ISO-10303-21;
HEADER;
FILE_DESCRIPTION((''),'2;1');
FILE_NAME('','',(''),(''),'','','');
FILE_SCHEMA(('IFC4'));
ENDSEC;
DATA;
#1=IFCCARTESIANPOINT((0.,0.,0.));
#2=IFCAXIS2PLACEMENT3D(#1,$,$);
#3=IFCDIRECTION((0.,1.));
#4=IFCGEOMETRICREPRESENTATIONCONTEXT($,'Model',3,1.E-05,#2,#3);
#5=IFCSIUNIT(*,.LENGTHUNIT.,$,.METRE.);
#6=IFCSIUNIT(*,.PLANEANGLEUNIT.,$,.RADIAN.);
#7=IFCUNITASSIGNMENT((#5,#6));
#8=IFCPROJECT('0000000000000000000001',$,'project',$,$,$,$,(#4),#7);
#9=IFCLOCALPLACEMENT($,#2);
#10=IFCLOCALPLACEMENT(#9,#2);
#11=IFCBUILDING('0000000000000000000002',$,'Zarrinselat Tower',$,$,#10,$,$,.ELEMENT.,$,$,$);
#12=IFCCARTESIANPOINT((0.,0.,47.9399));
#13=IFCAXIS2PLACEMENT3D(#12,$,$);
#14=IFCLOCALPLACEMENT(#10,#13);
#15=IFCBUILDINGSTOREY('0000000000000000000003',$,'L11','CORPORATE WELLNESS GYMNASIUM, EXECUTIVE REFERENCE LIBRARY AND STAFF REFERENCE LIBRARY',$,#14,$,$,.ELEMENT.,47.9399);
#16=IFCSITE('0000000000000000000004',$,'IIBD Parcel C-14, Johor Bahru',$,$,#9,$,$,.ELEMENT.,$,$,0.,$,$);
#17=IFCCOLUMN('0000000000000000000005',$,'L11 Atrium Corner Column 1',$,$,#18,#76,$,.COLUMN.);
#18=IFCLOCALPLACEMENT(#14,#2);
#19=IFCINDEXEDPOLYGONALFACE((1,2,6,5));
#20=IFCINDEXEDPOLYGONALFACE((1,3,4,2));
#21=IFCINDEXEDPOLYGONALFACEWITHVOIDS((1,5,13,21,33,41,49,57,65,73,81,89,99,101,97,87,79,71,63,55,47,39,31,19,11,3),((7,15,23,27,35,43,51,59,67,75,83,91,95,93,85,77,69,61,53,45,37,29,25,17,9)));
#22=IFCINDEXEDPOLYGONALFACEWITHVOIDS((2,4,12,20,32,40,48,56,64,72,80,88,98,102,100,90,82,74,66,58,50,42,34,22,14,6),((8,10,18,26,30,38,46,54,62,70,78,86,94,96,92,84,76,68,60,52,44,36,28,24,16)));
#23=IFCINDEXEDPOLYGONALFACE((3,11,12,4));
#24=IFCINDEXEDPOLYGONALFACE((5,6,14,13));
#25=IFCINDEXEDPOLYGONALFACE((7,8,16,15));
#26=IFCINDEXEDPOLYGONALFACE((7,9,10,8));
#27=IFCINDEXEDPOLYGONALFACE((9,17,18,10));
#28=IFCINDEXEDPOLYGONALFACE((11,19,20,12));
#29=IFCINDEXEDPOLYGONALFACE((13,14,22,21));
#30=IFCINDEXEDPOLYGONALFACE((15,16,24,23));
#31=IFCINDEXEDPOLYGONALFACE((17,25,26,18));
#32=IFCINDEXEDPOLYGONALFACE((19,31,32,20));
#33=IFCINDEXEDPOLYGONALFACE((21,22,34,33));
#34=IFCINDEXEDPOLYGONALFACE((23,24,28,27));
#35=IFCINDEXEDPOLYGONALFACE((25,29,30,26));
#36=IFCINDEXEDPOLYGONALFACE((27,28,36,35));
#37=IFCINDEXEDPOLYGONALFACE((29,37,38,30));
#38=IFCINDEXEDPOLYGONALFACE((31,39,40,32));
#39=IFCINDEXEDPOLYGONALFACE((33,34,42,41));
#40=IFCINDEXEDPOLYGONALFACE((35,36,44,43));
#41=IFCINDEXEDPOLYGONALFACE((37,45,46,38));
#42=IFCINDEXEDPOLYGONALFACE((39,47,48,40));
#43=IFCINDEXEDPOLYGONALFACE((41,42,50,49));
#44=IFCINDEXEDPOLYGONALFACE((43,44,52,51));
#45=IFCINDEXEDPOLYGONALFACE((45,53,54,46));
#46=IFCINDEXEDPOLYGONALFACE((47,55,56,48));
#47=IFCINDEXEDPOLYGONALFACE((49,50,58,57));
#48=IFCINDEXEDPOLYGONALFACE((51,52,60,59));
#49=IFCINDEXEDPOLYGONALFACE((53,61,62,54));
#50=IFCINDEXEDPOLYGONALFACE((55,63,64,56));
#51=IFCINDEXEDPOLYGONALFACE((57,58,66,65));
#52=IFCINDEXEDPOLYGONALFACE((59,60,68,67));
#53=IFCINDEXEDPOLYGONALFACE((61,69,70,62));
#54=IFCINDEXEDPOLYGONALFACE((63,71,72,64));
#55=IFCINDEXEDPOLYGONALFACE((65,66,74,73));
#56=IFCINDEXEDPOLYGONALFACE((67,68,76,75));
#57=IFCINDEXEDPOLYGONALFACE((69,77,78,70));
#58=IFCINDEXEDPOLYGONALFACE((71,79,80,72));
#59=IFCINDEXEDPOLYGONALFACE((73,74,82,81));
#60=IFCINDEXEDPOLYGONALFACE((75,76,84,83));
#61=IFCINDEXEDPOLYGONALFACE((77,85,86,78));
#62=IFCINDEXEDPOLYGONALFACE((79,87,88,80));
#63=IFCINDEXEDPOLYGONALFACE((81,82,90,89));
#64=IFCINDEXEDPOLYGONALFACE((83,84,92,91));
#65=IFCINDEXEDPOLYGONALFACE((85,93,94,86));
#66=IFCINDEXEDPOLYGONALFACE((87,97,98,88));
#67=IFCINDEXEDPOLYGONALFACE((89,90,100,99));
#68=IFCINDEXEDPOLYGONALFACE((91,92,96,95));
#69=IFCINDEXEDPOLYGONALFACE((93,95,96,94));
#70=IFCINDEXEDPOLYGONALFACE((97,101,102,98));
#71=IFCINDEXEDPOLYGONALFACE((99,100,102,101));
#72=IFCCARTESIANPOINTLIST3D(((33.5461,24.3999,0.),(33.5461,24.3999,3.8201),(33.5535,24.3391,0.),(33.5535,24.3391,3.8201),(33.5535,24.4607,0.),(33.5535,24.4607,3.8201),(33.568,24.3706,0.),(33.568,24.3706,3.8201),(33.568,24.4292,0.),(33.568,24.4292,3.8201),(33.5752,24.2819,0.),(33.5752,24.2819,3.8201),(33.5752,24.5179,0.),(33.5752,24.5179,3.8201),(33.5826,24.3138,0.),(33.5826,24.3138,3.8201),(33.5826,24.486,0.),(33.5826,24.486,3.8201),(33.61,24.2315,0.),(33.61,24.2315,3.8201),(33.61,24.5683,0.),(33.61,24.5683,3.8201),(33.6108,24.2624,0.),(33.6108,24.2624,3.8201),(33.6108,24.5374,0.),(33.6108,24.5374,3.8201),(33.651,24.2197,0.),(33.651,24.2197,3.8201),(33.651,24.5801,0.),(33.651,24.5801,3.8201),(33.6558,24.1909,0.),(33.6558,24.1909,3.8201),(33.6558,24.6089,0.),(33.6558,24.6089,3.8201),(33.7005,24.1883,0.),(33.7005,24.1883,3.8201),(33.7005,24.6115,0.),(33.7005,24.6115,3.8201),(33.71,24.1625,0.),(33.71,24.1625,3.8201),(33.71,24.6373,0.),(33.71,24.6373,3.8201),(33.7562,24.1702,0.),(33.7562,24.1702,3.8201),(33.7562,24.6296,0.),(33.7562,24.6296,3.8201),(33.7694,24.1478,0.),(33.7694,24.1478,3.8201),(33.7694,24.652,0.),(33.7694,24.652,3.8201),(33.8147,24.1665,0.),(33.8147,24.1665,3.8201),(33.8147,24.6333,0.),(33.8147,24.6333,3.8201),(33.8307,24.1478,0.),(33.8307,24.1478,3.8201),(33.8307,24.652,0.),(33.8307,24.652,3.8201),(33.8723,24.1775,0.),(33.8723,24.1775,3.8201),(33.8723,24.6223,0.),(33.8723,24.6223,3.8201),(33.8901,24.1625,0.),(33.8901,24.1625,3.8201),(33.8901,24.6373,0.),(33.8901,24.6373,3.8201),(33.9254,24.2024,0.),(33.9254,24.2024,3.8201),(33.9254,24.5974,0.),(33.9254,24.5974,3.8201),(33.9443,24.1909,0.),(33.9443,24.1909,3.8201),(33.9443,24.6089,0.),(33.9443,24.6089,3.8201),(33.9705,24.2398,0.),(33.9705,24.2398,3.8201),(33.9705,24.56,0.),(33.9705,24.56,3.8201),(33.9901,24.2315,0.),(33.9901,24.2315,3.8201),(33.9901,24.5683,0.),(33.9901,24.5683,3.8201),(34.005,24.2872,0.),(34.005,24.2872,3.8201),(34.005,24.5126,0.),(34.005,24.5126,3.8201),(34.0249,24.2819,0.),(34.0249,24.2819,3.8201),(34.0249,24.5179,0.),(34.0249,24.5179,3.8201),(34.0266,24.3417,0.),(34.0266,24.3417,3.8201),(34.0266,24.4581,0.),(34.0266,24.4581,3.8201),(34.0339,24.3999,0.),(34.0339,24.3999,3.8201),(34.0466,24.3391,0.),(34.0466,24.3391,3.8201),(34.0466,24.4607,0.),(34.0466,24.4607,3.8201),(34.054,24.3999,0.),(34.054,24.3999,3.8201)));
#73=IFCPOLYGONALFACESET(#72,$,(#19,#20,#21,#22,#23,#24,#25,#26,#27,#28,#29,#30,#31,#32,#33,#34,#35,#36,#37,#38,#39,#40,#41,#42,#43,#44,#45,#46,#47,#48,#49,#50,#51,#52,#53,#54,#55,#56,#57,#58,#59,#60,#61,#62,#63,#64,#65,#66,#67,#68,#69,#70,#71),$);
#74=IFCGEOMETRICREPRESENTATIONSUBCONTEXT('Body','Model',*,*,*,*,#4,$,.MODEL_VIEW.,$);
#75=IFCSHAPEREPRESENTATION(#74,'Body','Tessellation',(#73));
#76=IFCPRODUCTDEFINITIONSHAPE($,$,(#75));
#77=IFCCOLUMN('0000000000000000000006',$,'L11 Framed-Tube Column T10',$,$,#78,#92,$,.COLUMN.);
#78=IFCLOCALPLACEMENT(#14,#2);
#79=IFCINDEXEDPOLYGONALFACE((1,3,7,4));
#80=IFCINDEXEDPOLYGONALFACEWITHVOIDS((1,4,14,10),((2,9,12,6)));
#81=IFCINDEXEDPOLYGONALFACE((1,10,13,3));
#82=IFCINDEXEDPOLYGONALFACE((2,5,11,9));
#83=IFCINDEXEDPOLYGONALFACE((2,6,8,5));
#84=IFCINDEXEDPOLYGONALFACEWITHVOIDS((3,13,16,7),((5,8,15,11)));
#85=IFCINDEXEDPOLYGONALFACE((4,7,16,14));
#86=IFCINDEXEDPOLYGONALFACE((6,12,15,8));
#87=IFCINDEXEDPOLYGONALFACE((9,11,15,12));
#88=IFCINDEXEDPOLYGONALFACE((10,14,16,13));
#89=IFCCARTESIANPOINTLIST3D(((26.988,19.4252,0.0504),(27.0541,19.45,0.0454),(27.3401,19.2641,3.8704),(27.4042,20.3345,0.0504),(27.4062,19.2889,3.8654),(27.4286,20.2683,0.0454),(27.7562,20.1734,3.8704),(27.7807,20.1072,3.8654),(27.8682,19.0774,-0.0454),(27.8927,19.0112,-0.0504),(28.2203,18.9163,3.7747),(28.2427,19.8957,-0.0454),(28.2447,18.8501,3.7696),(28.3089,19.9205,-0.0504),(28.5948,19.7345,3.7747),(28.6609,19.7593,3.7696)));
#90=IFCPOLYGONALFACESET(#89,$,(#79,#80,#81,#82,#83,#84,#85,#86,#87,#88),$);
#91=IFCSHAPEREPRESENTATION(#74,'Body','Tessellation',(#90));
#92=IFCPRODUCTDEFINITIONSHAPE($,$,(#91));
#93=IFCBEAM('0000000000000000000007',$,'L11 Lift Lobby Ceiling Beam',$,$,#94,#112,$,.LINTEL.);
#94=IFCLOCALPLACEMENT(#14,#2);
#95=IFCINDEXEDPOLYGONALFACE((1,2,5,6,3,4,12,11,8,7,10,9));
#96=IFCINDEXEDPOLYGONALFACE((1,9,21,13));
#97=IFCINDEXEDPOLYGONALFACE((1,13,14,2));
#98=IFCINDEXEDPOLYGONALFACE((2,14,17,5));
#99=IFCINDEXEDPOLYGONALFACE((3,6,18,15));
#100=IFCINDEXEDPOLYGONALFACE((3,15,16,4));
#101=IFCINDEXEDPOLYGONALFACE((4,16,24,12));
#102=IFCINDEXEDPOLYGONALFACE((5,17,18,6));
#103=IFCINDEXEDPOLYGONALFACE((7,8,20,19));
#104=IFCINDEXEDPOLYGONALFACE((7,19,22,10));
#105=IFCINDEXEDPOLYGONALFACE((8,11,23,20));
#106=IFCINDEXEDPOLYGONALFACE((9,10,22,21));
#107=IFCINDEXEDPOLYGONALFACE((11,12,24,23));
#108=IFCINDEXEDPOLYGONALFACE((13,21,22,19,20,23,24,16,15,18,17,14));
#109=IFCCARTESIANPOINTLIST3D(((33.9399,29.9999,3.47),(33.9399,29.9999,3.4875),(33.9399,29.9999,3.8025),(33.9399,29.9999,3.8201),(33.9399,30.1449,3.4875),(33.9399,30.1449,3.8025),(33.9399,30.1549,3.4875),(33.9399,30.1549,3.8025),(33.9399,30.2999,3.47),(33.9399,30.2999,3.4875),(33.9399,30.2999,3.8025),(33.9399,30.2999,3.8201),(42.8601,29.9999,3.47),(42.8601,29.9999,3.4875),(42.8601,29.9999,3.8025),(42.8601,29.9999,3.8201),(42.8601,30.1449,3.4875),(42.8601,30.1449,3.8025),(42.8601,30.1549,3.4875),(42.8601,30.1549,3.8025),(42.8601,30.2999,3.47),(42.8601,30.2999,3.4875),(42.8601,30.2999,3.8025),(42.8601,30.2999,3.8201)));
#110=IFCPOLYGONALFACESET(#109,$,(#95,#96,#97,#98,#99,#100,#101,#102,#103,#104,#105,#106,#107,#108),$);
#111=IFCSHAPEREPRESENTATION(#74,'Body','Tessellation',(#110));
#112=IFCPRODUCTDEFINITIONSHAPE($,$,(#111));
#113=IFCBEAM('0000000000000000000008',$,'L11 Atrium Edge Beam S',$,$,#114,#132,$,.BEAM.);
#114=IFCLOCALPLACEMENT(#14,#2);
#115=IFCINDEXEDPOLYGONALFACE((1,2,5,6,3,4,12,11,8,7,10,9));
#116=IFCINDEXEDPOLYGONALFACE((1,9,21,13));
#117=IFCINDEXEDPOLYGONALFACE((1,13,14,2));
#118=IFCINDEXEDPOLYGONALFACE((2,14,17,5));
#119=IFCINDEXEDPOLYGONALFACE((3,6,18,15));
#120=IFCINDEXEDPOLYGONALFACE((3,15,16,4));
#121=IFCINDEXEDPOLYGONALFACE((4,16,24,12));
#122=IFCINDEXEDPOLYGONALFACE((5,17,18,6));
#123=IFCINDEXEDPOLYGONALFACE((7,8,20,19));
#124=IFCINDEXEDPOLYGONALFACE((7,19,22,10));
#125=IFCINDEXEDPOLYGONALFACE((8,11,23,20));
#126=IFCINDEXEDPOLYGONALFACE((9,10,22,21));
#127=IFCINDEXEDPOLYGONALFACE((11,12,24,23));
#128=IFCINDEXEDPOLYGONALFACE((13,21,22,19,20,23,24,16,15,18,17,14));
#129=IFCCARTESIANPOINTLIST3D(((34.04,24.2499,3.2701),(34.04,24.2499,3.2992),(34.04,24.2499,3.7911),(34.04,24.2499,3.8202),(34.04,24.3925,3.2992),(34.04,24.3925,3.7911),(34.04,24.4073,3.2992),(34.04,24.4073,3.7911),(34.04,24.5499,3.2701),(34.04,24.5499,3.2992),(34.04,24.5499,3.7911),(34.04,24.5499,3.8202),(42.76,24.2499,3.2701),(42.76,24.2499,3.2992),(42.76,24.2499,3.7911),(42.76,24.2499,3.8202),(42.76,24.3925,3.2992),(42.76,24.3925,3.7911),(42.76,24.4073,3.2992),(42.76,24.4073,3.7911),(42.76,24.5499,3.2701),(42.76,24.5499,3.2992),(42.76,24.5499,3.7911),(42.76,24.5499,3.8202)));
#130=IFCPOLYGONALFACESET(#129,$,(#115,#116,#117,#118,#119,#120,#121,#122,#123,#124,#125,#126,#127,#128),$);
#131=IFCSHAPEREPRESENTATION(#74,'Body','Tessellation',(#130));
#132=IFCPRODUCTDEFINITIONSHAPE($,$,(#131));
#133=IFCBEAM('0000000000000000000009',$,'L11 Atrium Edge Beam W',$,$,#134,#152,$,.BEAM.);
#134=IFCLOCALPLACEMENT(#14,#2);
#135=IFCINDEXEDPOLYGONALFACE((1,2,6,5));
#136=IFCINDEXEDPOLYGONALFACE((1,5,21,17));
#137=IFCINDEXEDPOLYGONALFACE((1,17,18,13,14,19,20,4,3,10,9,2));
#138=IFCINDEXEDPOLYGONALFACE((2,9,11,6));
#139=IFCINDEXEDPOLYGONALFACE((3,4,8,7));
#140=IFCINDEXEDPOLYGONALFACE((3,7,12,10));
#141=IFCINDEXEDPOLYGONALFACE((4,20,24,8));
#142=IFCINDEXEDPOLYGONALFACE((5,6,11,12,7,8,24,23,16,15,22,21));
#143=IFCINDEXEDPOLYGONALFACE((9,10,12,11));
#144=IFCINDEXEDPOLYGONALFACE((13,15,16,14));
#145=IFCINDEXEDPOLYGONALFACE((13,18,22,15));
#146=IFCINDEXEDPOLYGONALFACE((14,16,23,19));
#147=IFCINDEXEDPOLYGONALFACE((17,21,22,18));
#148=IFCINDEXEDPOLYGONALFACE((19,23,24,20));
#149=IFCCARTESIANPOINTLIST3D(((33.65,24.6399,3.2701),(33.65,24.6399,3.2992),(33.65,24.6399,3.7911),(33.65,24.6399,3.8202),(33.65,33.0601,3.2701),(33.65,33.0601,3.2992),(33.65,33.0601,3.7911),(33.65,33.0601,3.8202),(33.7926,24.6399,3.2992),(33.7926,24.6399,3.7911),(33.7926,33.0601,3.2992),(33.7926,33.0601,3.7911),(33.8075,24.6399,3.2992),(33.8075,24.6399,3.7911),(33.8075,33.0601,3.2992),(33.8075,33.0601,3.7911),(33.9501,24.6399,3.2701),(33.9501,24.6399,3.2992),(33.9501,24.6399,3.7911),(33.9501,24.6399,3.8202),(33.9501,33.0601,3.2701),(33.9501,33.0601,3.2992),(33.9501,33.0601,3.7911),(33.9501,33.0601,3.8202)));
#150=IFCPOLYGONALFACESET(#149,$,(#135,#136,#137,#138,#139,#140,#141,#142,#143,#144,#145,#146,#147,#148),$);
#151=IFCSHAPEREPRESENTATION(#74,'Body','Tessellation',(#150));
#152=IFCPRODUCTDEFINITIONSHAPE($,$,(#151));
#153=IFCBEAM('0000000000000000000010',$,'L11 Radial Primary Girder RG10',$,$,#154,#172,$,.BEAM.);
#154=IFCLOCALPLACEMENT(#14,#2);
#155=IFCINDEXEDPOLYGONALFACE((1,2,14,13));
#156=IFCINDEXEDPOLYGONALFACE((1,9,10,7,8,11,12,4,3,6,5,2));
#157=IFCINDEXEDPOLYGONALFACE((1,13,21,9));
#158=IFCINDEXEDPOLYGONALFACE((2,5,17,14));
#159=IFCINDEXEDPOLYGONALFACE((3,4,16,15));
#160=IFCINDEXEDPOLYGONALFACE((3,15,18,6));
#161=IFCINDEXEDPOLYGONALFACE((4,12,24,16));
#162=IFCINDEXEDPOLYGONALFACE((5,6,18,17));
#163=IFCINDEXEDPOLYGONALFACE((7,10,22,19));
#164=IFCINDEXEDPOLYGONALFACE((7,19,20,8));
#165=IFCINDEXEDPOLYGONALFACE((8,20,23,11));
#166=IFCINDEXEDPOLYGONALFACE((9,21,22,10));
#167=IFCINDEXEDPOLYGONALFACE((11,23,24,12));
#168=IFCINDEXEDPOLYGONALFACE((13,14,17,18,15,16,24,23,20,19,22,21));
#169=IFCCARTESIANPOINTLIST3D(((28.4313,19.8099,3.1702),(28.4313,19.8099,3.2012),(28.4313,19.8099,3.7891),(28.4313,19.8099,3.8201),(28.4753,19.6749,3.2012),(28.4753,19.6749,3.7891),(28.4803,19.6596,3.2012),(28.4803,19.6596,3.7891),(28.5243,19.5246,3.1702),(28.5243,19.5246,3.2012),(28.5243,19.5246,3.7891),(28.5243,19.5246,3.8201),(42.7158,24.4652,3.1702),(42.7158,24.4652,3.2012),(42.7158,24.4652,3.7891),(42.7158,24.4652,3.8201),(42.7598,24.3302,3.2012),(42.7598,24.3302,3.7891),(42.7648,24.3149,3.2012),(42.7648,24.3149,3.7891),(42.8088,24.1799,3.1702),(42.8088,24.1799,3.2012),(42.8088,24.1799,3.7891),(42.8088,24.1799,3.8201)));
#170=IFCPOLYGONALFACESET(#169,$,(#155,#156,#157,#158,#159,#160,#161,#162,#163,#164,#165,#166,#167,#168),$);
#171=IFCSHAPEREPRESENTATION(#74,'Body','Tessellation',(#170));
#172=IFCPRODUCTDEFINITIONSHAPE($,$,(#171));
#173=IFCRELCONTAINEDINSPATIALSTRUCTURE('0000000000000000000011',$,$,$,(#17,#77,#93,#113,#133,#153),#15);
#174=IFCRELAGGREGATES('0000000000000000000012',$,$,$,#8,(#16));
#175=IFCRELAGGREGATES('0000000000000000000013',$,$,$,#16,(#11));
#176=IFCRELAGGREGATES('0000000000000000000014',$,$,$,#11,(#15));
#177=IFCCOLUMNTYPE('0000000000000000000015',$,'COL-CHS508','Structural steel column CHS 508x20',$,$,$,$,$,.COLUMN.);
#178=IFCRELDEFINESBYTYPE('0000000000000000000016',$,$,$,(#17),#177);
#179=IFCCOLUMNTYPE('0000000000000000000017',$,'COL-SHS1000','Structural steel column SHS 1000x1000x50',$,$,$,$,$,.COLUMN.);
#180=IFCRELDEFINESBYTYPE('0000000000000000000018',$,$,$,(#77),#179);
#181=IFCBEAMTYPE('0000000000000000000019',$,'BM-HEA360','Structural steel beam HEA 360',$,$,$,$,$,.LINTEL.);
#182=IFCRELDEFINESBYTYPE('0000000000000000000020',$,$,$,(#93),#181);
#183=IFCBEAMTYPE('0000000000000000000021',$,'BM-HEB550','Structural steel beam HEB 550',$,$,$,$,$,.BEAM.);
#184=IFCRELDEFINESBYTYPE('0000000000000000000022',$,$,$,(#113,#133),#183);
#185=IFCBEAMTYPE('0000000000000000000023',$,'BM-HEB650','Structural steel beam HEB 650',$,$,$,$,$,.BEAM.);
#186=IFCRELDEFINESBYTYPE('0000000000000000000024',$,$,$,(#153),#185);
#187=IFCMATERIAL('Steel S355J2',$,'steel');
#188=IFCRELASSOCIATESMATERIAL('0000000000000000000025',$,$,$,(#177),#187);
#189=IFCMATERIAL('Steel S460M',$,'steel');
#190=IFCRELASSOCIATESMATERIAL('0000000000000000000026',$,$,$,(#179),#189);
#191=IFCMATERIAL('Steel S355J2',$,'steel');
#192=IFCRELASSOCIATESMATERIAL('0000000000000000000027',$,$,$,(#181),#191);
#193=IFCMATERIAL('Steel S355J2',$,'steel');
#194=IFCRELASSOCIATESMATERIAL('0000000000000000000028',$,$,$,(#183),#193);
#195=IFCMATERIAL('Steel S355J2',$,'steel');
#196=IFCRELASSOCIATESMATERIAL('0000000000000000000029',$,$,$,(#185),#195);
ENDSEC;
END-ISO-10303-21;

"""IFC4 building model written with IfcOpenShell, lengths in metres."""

from ifc_helpers import new_model, si_unit, direction, frame, origin, origin_2d, place, context, subcontext, project, spatial, hollow_rectangle, hollow_circle, i_section, extrude, material, material_profile, profile_set, type_object, element, save


model = new_model("IFC4")

# Units and contexts
model_context = context("Model", 3, precision=1e-05, world=origin(), true_north=direction((0.0, 1.0)))
body_context = subcontext(model_context, "Body", "Model", "MODEL_VIEW")
ifc_project = project(units=[si_unit("LENGTHUNIT", "METRE"), si_unit("PLANEANGLEUNIT", "RADIAN")], contexts=[model_context])

# Site, building, storey
site_placement = place(None, origin())
site = spatial("IfcSite", under=ifc_project, at=site_placement, Name="IIBD Parcel C-14, Johor Bahru", CompositionType="ELEMENT", RefElevation=0.0)
building_placement = place(site_placement, origin())
building = spatial("IfcBuilding", under=site, at=building_placement, Name="Zarrinselat Tower", CompositionType="ELEMENT")
storey_placement = place(building_placement, frame((0.0, 0.0, 47.9399)))
storey = spatial("IfcBuildingStorey", under=building, at=storey_placement, Name="L11", Description="CORPORATE WELLNESS GYMNASIUM, EXECUTIVE REFERENCE LIBRARY AND STAFF REFERENCE LIBRARY", CompositionType="ELEMENT", Elevation=47.9399)

# Columns
ifc_material_1 = material(Name="Steel S355J2", Category="steel")
ifc_material_profile_1 = material_profile(ifc_material_1, hollow_circle(Radius=0.2539, WallThickness=0.02, at=origin_2d()), Name="CHS 508x20")
ifc_profile_set_1 = profile_set([ifc_material_profile_1], Name="Steel S355J2")
column_type_1 = type_object("IfcColumnType", Name="COL-CHS508", Description="Structural steel column CHS 508x20", PredefinedType="COLUMN", material=ifc_profile_set_1)
column_1_placement = place(storey_placement, frame((33.8, 24.3999, 0.0), z_axis=(0.0, 0.0, 1.0), x_axis=(1.0, 0.0, 0.0)))
element("IfcColumn", 1, at=column_1_placement, inside=storey, type_object=column_type_1, Name="L11 Atrium Corner Column 1", PredefinedType="COLUMN", context=body_context, shape_type="SweptSolid", body=[
    extrude(hollow_circle(Radius=0.2539, WallThickness=0.02, at=origin_2d()), origin(), (0.0, 0.0, 1.0), 3.8201),
])
ifc_material_2 = material(Name="Steel S460M", Category="steel")
ifc_material_profile_2 = material_profile(ifc_material_2, hollow_rectangle(XDim=1.0, YDim=1.0, WallThickness=0.05, at=origin_2d()), Name="SHS 1000x1000x50")
ifc_profile_set_2 = profile_set([ifc_material_profile_2], Name="Steel S460M")
column_type_2 = type_object("IfcColumnType", Name="COL-SHS1000", Description="Structural steel column SHS 1000x1000x50", PredefinedType="COLUMN", material=ifc_profile_set_2)
column_2_placement = place(storey_placement, frame((27.6484, 19.6729, 0.0), z_axis=(0.091689, -0.041966, 0.994903), x_axis=(0.416177, 0.909284, 0.0)))
element("IfcColumn", 2, at=column_2_placement, inside=storey, type_object=column_type_2, Name="L11 Framed-Tube Column T10", PredefinedType="COLUMN", context=body_context, shape_type="SweptSolid", body=[
    extrude(hollow_rectangle(XDim=1.0, YDim=1.0, WallThickness=0.05, at=origin_2d()), origin(), (0.0, 0.0, 1.0), 3.8396),
])

# Beams
ifc_material_3 = material(Name="Steel S355J2", Category="steel")
ifc_material_profile_3 = material_profile(ifc_material_3, i_section(OverallWidth=0.3, OverallDepth=0.3501, WebThickness=0.01, FlangeThickness=0.0176, at=origin_2d()), Name="HEA 360")
ifc_profile_set_3 = profile_set([ifc_material_profile_3], Name="Steel S355J2")
beam_type_1 = type_object("IfcBeamType", Name="BM-HEA360", Description="Structural steel beam HEA 360", PredefinedType="LINTEL", material=ifc_profile_set_3)
beam_1_placement = place(storey_placement, frame((33.9399, 30.1499, 3.645), z_axis=(1.0, 0.0, 0.0), x_axis=(0.0, 1.0, 0.0)))
element("IfcBeam", 3, at=beam_1_placement, inside=storey, type_object=beam_type_1, Name="L11 Lift Lobby Ceiling Beam", PredefinedType="LINTEL", context=body_context, shape_type="SweptSolid", body=[
    extrude(i_section(OverallWidth=0.3, OverallDepth=0.3501, WebThickness=0.01, FlangeThickness=0.0176, at=origin_2d()), origin(), (0.0, 0.0, 1.0), 8.9202),
])
ifc_material_4 = material(Name="Steel S355J2", Category="steel")
ifc_material_profile_4 = material_profile(ifc_material_4, i_section(OverallWidth=0.3, OverallDepth=0.55, WebThickness=0.0149, FlangeThickness=0.0291, at=origin_2d()), Name="HEB 550")
ifc_profile_set_4 = profile_set([ifc_material_profile_4], Name="Steel S355J2")
beam_type_2 = type_object("IfcBeamType", Name="BM-HEB550", Description="Structural steel beam HEB 550", PredefinedType="BEAM", material=ifc_profile_set_4)
beam_2_placement = place(storey_placement, frame((34.04, 24.3999, 3.5452), z_axis=(1.0, 0.0, 0.0), x_axis=(0.0, 1.0, 0.0)))
element("IfcBeam", 4, at=beam_2_placement, inside=storey, type_object=beam_type_2, Name="L11 Atrium Edge Beam S", PredefinedType="BEAM", context=body_context, shape_type="SweptSolid", body=[
    extrude(i_section(OverallWidth=0.3, OverallDepth=0.55, WebThickness=0.0149, FlangeThickness=0.0291, at=origin_2d()), origin(), (0.0, 0.0, 1.0), 8.72),
])
beam_3_placement = place(storey_placement, frame((33.8, 24.6399, 3.5452), z_axis=(0.0, 1.0, 0.0), x_axis=(-1.0, 0.0, 0.0)))
element("IfcBeam", 5, at=beam_3_placement, inside=storey, type_object=beam_type_2, Name="L11 Atrium Edge Beam W", PredefinedType="BEAM", context=body_context, shape_type="SweptSolid", body=[
    extrude(i_section(OverallWidth=0.3, OverallDepth=0.55, WebThickness=0.0149, FlangeThickness=0.0291, at=origin_2d()), origin(), (0.0, 0.0, 1.0), 8.4202),
])
ifc_material_5 = material(Name="Steel S355J2", Category="steel")
ifc_material_profile_5 = material_profile(ifc_material_5, i_section(OverallWidth=0.3, OverallDepth=0.6499, WebThickness=0.0161, FlangeThickness=0.031, at=origin_2d()), Name="HEB 650")
ifc_profile_set_5 = profile_set([ifc_material_profile_5], Name="Steel S355J2")
beam_type_3 = type_object("IfcBeamType", Name="BM-HEB650", Description="Structural steel beam HEB 650", PredefinedType="BEAM", material=ifc_profile_set_5)
beam_4_placement = place(storey_placement, frame((28.4778, 19.6672, 3.4951), z_axis=(0.950783, 0.309859, 0.0), x_axis=(-0.309859, 0.950783, 0.0)))
element("IfcBeam", 6, at=beam_4_placement, inside=storey, type_object=beam_type_3, Name="L11 Radial Primary Girder RG10", PredefinedType="BEAM", context=body_context, shape_type="SweptSolid", body=[
    extrude(i_section(OverallWidth=0.3, OverallDepth=0.6499, WebThickness=0.0161, FlangeThickness=0.031, at=origin_2d()), origin(), (0.0, 0.0, 1.0), 15.0239),
])

save(model, "model.ifc")
